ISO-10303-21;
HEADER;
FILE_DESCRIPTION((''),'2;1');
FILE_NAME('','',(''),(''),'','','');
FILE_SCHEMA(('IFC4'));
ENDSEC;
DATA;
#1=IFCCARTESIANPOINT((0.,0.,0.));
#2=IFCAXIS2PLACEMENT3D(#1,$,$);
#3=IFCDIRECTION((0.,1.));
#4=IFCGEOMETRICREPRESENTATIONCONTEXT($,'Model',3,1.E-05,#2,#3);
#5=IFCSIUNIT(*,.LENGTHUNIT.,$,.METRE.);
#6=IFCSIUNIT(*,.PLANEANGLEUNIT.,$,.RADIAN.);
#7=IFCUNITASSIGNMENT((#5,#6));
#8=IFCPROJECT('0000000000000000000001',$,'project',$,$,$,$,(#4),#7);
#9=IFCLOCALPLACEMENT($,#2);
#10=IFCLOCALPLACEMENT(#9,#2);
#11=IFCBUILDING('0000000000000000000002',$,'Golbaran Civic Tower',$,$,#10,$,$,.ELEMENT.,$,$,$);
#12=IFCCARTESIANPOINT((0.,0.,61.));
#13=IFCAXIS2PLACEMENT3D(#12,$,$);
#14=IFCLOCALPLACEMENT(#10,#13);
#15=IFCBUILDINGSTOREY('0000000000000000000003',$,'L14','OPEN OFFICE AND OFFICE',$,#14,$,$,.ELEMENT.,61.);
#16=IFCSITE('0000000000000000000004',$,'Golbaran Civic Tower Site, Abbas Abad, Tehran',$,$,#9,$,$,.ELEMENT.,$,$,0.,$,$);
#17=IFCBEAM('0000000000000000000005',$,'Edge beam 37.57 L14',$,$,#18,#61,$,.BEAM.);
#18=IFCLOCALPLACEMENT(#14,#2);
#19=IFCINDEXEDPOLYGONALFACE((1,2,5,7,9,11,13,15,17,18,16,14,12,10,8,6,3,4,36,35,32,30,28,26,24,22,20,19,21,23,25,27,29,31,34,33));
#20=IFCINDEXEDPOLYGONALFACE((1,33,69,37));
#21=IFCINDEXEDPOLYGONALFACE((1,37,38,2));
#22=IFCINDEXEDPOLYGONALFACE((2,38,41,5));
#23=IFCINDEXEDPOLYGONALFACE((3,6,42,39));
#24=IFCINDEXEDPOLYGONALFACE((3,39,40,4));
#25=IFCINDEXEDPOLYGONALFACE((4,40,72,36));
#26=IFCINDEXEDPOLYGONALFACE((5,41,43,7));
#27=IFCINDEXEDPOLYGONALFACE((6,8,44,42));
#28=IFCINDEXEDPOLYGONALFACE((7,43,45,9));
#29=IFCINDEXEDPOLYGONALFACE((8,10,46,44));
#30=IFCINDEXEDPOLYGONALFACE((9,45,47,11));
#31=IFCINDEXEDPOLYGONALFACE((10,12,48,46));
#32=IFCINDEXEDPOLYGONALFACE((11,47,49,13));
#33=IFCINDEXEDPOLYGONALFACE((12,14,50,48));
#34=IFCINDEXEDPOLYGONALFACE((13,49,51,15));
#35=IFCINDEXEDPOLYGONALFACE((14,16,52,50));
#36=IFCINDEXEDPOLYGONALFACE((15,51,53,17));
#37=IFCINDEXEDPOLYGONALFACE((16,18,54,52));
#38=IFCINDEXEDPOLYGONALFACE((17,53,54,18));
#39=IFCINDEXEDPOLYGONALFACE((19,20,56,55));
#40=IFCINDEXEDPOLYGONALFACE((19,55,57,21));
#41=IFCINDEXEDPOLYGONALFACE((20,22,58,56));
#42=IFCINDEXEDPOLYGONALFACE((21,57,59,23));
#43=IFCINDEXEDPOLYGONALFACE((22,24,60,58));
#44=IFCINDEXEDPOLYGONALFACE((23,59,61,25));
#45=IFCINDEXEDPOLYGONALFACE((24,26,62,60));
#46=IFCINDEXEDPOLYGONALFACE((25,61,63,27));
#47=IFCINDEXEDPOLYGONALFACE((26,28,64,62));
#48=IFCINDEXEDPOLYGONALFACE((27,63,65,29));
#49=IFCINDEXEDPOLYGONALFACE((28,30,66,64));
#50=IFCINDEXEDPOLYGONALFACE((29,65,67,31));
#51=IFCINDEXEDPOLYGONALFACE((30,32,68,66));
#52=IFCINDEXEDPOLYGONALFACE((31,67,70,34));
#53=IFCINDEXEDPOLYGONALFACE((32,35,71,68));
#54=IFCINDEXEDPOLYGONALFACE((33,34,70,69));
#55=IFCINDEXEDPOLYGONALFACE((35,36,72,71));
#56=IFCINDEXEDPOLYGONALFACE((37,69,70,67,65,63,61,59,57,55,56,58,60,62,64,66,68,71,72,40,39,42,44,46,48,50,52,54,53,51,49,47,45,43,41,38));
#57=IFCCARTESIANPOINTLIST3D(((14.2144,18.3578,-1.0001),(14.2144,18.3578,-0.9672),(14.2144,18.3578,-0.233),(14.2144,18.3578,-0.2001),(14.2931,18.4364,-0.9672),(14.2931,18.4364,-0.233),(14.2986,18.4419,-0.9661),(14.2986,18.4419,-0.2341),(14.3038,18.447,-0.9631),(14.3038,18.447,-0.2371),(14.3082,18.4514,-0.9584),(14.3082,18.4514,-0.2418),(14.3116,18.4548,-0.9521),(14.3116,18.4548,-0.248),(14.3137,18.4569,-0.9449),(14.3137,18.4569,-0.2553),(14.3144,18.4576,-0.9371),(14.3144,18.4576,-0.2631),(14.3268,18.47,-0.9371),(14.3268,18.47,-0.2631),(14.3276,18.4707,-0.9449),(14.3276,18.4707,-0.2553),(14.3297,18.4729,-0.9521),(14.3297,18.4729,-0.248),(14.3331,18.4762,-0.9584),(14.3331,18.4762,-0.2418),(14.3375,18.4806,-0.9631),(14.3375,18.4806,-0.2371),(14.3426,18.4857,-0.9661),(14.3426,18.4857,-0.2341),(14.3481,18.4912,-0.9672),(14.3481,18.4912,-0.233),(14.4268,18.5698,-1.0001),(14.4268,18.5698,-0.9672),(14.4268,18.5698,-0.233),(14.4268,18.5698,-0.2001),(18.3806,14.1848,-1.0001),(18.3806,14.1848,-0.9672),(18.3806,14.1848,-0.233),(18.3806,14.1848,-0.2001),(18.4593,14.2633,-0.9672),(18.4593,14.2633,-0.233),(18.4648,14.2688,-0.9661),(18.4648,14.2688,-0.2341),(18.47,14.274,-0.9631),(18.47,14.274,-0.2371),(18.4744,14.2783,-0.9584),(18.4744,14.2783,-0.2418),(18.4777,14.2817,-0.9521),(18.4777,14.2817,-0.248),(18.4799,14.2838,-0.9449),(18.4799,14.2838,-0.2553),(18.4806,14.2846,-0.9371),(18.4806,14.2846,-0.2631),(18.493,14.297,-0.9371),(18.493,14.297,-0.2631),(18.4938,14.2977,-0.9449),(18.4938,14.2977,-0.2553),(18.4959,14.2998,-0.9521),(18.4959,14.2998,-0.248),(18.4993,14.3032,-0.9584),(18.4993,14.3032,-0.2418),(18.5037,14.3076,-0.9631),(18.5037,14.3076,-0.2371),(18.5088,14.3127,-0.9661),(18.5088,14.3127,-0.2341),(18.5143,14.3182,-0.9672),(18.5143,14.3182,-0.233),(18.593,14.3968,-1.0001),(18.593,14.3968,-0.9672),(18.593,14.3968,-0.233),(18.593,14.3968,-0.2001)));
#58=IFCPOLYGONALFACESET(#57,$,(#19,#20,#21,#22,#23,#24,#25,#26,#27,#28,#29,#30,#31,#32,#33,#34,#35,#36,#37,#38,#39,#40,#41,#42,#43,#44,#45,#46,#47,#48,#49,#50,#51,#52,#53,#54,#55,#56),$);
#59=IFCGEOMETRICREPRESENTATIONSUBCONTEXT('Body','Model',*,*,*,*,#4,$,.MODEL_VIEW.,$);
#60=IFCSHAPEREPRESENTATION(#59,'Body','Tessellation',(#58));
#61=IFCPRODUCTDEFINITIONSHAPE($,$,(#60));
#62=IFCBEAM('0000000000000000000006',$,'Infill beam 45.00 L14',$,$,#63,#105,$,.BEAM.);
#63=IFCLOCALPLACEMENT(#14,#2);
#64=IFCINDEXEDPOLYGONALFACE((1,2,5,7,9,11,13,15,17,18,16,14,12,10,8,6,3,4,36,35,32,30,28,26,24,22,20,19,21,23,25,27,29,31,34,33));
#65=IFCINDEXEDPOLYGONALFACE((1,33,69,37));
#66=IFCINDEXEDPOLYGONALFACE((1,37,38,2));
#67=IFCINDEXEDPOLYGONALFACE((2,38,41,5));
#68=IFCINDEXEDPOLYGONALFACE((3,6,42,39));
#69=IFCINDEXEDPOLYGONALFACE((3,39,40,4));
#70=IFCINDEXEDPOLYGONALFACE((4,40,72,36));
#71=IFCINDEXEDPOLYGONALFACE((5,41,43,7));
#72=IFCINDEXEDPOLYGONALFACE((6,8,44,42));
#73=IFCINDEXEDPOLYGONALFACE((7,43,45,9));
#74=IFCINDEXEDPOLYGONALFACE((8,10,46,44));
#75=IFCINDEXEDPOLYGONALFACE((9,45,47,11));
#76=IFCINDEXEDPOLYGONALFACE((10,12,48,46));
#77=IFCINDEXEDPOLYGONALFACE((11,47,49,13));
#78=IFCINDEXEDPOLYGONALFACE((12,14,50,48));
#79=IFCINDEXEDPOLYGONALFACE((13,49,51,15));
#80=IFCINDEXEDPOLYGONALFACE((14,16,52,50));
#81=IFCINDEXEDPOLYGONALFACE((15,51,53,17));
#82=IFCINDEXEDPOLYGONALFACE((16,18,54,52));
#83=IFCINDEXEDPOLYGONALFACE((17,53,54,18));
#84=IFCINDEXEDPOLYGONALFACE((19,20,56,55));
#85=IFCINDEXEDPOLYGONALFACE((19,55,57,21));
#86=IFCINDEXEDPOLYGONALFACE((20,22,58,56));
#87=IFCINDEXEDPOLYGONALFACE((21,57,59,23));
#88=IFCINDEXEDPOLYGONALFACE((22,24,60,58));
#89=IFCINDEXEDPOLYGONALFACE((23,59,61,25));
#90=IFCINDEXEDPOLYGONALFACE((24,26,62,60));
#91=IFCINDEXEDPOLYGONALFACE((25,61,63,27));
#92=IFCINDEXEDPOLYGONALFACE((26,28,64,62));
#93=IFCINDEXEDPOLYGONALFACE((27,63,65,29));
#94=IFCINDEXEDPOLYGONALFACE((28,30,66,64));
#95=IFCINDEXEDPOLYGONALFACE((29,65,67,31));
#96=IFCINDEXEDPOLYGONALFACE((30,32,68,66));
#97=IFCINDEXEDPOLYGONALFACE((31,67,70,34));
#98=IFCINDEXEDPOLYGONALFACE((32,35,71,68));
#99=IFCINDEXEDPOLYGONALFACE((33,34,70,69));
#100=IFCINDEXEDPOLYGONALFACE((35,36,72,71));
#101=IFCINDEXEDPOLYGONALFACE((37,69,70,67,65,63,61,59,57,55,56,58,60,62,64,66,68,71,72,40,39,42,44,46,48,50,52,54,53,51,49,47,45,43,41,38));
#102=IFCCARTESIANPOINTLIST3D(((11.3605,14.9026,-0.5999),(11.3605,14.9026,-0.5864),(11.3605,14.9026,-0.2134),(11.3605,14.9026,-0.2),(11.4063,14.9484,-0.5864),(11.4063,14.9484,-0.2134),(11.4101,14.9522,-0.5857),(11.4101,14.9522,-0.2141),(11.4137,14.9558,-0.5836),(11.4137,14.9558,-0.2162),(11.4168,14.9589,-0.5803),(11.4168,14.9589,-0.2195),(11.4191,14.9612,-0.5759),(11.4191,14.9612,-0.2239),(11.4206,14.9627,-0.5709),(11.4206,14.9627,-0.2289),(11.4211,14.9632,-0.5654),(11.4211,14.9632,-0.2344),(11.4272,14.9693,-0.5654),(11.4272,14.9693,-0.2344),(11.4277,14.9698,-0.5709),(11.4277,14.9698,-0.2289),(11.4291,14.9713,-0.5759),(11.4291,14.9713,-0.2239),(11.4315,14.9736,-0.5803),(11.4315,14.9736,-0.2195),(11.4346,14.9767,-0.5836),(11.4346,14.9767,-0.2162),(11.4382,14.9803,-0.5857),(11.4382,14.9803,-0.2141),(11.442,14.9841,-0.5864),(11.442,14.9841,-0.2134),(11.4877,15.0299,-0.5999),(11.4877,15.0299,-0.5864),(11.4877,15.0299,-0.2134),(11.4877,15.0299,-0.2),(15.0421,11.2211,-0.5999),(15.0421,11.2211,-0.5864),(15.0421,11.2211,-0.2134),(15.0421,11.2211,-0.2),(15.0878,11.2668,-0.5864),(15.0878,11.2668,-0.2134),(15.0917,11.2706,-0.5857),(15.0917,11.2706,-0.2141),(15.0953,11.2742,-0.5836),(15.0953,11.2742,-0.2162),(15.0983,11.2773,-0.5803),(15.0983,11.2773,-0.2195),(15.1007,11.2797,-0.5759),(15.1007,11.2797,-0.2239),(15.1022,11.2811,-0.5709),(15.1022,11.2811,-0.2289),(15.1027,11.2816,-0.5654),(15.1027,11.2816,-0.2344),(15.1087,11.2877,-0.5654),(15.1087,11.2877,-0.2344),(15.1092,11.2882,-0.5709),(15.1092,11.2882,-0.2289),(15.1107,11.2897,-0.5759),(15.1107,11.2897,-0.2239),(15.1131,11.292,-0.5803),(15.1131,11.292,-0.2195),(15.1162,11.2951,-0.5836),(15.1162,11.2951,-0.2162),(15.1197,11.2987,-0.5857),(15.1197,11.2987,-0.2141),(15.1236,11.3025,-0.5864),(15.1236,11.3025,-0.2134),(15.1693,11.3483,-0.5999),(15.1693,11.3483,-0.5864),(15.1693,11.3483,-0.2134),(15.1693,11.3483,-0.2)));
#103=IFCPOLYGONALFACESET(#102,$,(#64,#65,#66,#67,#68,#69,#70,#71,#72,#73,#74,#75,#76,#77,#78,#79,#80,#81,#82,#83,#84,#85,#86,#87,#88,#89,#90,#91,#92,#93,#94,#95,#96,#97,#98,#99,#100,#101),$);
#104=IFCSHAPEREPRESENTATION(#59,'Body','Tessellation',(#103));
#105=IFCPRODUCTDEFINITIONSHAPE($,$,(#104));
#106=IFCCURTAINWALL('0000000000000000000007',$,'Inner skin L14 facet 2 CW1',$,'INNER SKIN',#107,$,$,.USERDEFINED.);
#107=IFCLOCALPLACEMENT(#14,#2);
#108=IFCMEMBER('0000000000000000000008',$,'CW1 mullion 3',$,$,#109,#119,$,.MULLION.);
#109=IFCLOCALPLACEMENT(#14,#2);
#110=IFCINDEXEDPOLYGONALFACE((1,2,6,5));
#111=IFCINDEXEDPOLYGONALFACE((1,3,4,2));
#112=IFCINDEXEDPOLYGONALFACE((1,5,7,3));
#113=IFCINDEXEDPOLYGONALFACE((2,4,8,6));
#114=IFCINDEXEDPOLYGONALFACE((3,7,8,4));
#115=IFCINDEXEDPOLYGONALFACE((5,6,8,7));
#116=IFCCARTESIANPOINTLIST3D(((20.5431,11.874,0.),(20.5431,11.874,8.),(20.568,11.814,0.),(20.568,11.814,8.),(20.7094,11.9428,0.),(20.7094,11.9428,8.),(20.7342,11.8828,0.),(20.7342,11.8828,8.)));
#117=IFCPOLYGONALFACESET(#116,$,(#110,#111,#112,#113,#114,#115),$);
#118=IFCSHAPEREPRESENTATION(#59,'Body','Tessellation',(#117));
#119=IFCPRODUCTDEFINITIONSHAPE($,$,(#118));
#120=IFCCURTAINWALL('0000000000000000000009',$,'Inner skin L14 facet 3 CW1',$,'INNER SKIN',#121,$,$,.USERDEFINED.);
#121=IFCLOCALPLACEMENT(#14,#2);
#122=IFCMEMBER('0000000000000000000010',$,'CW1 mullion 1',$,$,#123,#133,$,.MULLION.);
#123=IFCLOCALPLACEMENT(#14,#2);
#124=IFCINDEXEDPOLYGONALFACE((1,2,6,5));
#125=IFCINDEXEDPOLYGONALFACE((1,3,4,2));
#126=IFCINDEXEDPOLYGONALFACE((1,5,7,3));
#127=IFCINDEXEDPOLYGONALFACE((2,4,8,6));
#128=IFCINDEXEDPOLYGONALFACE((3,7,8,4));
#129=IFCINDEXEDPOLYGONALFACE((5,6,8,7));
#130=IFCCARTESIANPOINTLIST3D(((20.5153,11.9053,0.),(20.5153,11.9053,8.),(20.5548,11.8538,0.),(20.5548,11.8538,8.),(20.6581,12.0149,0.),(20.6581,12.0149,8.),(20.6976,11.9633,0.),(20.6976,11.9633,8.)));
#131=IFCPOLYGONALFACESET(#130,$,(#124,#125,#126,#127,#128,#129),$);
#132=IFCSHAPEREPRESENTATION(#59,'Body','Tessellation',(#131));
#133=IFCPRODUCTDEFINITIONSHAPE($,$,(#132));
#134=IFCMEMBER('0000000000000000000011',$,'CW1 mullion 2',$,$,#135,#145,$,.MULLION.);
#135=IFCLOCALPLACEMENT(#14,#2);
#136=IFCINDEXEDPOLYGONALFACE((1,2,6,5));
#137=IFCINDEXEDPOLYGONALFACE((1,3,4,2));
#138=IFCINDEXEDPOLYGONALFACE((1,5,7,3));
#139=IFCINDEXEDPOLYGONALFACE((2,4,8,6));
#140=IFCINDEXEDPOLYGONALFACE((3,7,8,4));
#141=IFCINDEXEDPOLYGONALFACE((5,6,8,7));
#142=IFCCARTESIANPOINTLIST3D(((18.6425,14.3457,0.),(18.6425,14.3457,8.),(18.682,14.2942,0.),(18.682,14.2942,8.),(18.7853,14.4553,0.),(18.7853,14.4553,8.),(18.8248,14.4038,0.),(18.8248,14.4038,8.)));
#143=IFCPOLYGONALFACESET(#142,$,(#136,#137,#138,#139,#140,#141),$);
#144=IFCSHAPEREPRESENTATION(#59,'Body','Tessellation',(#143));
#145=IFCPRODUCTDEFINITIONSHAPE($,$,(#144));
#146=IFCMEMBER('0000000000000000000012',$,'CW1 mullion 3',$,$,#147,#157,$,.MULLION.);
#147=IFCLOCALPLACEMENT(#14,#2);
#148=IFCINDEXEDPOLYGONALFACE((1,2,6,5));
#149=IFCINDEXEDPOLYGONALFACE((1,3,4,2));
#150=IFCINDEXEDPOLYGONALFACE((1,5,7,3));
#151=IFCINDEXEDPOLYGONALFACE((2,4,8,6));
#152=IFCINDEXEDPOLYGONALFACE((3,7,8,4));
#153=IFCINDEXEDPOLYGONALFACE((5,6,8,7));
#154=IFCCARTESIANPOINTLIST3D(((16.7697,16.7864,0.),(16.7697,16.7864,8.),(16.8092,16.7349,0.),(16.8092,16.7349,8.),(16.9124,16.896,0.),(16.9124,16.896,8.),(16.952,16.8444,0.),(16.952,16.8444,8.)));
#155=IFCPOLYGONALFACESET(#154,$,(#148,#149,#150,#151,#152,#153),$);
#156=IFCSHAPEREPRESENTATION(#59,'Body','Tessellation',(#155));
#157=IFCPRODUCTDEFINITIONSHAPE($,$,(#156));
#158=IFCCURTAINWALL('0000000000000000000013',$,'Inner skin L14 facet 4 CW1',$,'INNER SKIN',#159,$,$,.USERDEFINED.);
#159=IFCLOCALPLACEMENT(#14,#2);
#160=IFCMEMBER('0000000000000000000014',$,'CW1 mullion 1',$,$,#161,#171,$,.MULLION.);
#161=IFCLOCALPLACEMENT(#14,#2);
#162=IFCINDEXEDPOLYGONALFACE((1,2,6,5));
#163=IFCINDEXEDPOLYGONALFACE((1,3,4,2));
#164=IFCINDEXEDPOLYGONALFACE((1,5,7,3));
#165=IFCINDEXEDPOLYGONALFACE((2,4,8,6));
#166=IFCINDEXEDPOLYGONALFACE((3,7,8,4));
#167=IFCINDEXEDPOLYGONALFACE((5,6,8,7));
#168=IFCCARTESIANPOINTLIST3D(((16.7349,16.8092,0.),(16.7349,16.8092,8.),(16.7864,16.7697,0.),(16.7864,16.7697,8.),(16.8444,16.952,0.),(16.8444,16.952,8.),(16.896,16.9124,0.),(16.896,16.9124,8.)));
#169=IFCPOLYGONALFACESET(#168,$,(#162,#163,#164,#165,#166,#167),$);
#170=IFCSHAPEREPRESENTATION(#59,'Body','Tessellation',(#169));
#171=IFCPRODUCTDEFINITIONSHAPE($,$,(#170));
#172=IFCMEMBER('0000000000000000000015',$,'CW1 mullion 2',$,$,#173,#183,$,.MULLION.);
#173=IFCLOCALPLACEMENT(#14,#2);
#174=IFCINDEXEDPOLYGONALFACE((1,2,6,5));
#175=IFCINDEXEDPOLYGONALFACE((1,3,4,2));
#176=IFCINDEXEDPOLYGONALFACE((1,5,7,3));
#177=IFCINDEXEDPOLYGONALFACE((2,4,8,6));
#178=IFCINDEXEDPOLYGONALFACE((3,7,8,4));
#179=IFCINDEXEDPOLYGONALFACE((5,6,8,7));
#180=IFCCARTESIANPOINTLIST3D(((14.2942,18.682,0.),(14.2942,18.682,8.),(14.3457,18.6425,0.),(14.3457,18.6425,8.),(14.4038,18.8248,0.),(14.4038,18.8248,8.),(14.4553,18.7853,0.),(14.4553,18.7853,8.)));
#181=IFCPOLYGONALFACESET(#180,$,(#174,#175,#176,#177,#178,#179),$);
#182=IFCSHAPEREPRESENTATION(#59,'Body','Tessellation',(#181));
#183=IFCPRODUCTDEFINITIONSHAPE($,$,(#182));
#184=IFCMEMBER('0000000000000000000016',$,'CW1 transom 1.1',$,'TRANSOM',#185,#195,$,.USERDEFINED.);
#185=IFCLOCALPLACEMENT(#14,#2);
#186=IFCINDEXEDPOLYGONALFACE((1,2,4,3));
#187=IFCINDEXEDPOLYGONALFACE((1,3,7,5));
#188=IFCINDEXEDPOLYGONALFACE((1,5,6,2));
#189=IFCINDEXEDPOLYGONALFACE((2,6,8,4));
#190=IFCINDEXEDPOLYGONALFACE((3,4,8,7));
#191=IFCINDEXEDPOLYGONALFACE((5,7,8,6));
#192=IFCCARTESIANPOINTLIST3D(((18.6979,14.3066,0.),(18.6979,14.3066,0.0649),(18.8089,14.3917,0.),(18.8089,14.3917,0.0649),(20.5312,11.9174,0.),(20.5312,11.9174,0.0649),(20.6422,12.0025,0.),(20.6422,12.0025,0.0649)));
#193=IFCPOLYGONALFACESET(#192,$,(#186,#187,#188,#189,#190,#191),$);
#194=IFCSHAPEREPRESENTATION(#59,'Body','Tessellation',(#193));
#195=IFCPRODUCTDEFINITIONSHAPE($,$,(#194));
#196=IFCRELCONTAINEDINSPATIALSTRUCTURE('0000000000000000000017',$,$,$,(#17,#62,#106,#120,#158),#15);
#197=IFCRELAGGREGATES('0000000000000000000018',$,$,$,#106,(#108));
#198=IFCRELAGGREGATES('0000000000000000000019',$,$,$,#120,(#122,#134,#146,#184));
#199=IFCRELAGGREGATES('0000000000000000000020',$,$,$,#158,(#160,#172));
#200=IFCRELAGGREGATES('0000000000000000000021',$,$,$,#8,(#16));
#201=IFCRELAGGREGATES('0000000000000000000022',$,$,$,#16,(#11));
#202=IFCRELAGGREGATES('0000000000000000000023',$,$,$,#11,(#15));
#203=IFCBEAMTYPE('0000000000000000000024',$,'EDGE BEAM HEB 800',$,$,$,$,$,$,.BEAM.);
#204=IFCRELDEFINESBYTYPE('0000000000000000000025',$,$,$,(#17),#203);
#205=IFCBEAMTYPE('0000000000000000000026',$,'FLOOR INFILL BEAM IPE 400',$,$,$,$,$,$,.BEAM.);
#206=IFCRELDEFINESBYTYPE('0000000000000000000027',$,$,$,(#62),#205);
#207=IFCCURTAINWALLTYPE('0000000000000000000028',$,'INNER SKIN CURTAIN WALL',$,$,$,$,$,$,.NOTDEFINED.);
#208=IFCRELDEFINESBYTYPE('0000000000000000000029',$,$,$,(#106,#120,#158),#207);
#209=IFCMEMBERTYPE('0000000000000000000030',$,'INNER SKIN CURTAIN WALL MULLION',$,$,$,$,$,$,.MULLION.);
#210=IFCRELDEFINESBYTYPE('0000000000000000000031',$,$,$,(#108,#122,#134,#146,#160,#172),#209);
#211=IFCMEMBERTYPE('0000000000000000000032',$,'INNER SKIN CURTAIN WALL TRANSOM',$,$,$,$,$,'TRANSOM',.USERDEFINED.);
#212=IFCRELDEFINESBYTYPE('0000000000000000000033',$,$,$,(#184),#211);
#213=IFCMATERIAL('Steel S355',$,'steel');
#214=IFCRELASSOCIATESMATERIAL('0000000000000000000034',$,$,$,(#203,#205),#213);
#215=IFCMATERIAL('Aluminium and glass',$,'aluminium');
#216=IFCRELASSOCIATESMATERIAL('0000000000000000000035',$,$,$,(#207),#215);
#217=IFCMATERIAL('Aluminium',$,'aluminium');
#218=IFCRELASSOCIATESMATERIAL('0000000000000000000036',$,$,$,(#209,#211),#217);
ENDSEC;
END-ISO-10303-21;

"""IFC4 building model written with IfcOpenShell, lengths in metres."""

from ifc_helpers import new_model, si_unit, direction, frame, origin, origin_2d, place, context, subcontext, project, spatial, rectangle, i_section, extrude, material, material_profile, profile_set, type_object, element, aggregate, save


model = new_model("IFC4")

# Units and contexts
model_context = context("Model", 3, precision=1e-05, world=origin(), true_north=direction((0.0, 1.0)))
body_context = subcontext(model_context, "Body", "Model", "MODEL_VIEW")
ifc_project = project(units=[si_unit("LENGTHUNIT", "METRE"), si_unit("PLANEANGLEUNIT", "RADIAN")], contexts=[model_context])

# Site, building, storey
site_placement = place(None, origin())
site = spatial("IfcSite", under=ifc_project, at=site_placement, Name="Golbaran Civic Tower Site, Abbas Abad, Tehran", CompositionType="ELEMENT", RefElevation=0.0)
building_placement = place(site_placement, origin())
building = spatial("IfcBuilding", under=site, at=building_placement, Name="Golbaran Civic Tower", CompositionType="ELEMENT")
storey_placement = place(building_placement, frame((0.0, 0.0, 61.0)))
storey = spatial("IfcBuildingStorey", under=building, at=storey_placement, Name="L14", Description="OPEN OFFICE AND OFFICE", CompositionType="ELEMENT", Elevation=61.0)

# Beams
ifc_material_1 = material(Name="Steel S355", Category="steel")
ifc_material_profile_1 = material_profile(ifc_material_1, i_section(OverallWidth=0.3, OverallDepth=0.8, WebThickness=0.0176, FlangeThickness=0.033, FilletRadius=0.03, at=origin_2d()), Name="HEB 800")
ifc_profile_set_1 = profile_set([ifc_material_profile_1], Name="Steel S355")
beam_type_1 = type_object("IfcBeamType", Name="EDGE BEAM HEB 800", PredefinedType="BEAM", material=ifc_profile_set_1)
beam_1_placement = place(storey_placement, frame((18.4868, 14.2908, -0.6001), z_axis=(-0.706527, 0.707686, 0.0), x_axis=(-0.707686, -0.706527, 0.0)))
element("IfcBeam", 1, at=beam_1_placement, inside=storey, type_object=beam_type_1, Name="Edge beam 37.57 L14", PredefinedType="BEAM", context=body_context, shape_type="SweptSolid", body=[
    extrude(i_section(OverallWidth=0.3, OverallDepth=0.8, WebThickness=0.0176, FlangeThickness=0.033, FilletRadius=0.03, at=origin_2d()), origin(), (0.0, 0.0, 1.0), 5.8967),
])
ifc_material_profile_2 = material_profile(ifc_material_1, i_section(OverallWidth=0.1799, OverallDepth=0.3999, WebThickness=0.0085, FlangeThickness=0.0134, FilletRadius=0.021, at=origin_2d()), Name="IPE 400")
ifc_profile_set_2 = profile_set([ifc_material_profile_2], Name="Steel S355")
beam_type_2 = type_object("IfcBeamType", Name="FLOOR INFILL BEAM IPE 400", PredefinedType="BEAM", material=ifc_profile_set_2)
beam_2_placement = place(storey_placement, frame((15.1057, 11.2847, -0.3999), z_axis=(-0.707107, 0.707107, 0.0), x_axis=(-0.707107, -0.707107, 0.0)))
element("IfcBeam", 2, at=beam_2_placement, inside=storey, type_object=beam_type_2, Name="Infill beam 45.00 L14", PredefinedType="BEAM", context=body_context, shape_type="SweptSolid", body=[
    extrude(i_section(OverallWidth=0.1799, OverallDepth=0.3999, WebThickness=0.0085, FlangeThickness=0.0134, FilletRadius=0.021, at=origin_2d()), origin(), (0.0, 0.0, 1.0), 5.2065),
])

# Curtain wall, member
ifc_material_2 = material(Name="Aluminium and glass", Category="aluminium")
curtain_wall_type = type_object("IfcCurtainWallType", Name="INNER SKIN CURTAIN WALL", PredefinedType="NOTDEFINED", material=ifc_material_2)
curtain_wall_1_placement = place(storey_placement, origin())
curtain_wall_1 = element("IfcCurtainWall", 3, at=curtain_wall_1_placement, inside=storey, type_object=curtain_wall_type, Name="Inner skin L14 facet 2 CW1", ObjectType="INNER SKIN", PredefinedType="USERDEFINED")
ifc_material_3 = material(Name="Aluminium", Category="aluminium")
ifc_material_profile_3 = material_profile(ifc_material_3, rectangle(XDim=0.1799, YDim=0.0649, at=origin_2d()), Name="INNER SKIN CURTAIN WALL MULLION")
ifc_profile_set_3 = profile_set([ifc_material_profile_3], Name="Aluminium")
member_type_1 = type_object("IfcMemberType", Name="INNER SKIN CURTAIN WALL MULLION", PredefinedType="MULLION", material=ifc_profile_set_3)
member_1_placement = place(storey_placement, frame((20.6387, 11.8784, 0.0), z_axis=(0.0, 0.0, 1.0), x_axis=(-0.92388, -0.382683, 0.0)))
member_1 = element("IfcMember", 4, at=member_1_placement, type_object=member_type_1, Name="CW1 mullion 3", PredefinedType="MULLION", context=body_context, shape_type="SweptSolid", body=[
    extrude(rectangle(XDim=0.1799, YDim=0.0649, at=origin_2d()), origin(), (0.0, 0.0, 1.0), 8.0),
])

# Curtain walls, members
curtain_wall_2_placement = place(storey_placement, origin())
curtain_wall_2 = element("IfcCurtainWall", 5, at=curtain_wall_2_placement, inside=storey, type_object=curtain_wall_type, Name="Inner skin L14 facet 3 CW1", ObjectType="INNER SKIN", PredefinedType="USERDEFINED")
member_2_placement = place(storey_placement, frame((20.6064, 11.9343, 0.0), z_axis=(0.0, 0.0, 1.0), x_axis=(-0.793353, -0.608761, 0.0)))
member_2 = element("IfcMember", 6, at=member_2_placement, type_object=member_type_1, Name="CW1 mullion 1", PredefinedType="MULLION", context=body_context, shape_type="SweptSolid", body=[
    extrude(rectangle(XDim=0.1799, YDim=0.0649, at=origin_2d()), origin(), (0.0, 0.0, 1.0), 8.0),
])
member_3_placement = place(storey_placement, frame((18.7336, 14.3748, 0.0), z_axis=(0.0, 0.0, 1.0), x_axis=(-0.793353, -0.608761, 0.0)))
member_3 = element("IfcMember", 7, at=member_3_placement, type_object=member_type_1, Name="CW1 mullion 2", PredefinedType="MULLION", context=body_context, shape_type="SweptSolid", body=[
    extrude(rectangle(XDim=0.1799, YDim=0.0649, at=origin_2d()), origin(), (0.0, 0.0, 1.0), 8.0),
])
member_4_placement = place(storey_placement, frame((16.8608, 16.8154, 0.0), z_axis=(0.0, 0.0, 1.0), x_axis=(-0.793353, -0.608761, 0.0)))
member_4 = element("IfcMember", 8, at=member_4_placement, type_object=member_type_1, Name="CW1 mullion 3", PredefinedType="MULLION", context=body_context, shape_type="SweptSolid", body=[
    extrude(rectangle(XDim=0.1799, YDim=0.0649, at=origin_2d()), origin(), (0.0, 0.0, 1.0), 8.0),
])
curtain_wall_3_placement = place(storey_placement, origin())
curtain_wall_3 = element("IfcCurtainWall", 9, at=curtain_wall_3_placement, inside=storey, type_object=curtain_wall_type, Name="Inner skin L14 facet 4 CW1", ObjectType="INNER SKIN", PredefinedType="USERDEFINED")
member_5_placement = place(storey_placement, frame((16.8154, 16.8608, 0.0), z_axis=(0.0, 0.0, 1.0), x_axis=(-0.608761, -0.793353, 0.0)))
member_5 = element("IfcMember", 10, at=member_5_placement, type_object=member_type_1, Name="CW1 mullion 1", PredefinedType="MULLION", context=body_context, shape_type="SweptSolid", body=[
    extrude(rectangle(XDim=0.1799, YDim=0.0649, at=origin_2d()), origin(), (0.0, 0.0, 1.0), 8.0),
])
member_6_placement = place(storey_placement, frame((14.3748, 18.7336, 0.0), z_axis=(0.0, 0.0, 1.0), x_axis=(-0.608761, -0.793353, 0.0)))
member_6 = element("IfcMember", 11, at=member_6_placement, type_object=member_type_1, Name="CW1 mullion 2", PredefinedType="MULLION", context=body_context, shape_type="SweptSolid", body=[
    extrude(rectangle(XDim=0.1799, YDim=0.0649, at=origin_2d()), origin(), (0.0, 0.0, 1.0), 8.0),
])

# Member
ifc_material_profile_4 = material_profile(ifc_material_3, rectangle(XDim=0.1399, YDim=0.0649, at=origin_2d()), Name="INNER SKIN CURTAIN WALL TRANSOM")
ifc_profile_set_4 = profile_set([ifc_material_profile_4], Name="Aluminium")
member_type_2 = type_object("IfcMemberType", Name="INNER SKIN CURTAIN WALL TRANSOM", ElementType="TRANSOM", PredefinedType="USERDEFINED", material=ifc_profile_set_4)
member_7_placement = place(storey_placement, frame((20.5867, 11.96, 0.0325), z_axis=(-0.608758, 0.793356, 0.0), x_axis=(-0.793356, -0.608758, 0.0)))
member_7 = element("IfcMember", 12, at=member_7_placement, type_object=member_type_2, Name="CW1 transom 1.1", ObjectType="TRANSOM", PredefinedType="USERDEFINED", context=body_context, shape_type="SweptSolid", body=[
    extrude(rectangle(XDim=0.1399, YDim=0.0649, at=origin_2d()), origin(), (0.0, 0.0, 1.0), 3.0115),
])

aggregate(curtain_wall_1, [member_1])
aggregate(curtain_wall_2, [member_2, member_3, member_4, member_7])
aggregate(curtain_wall_3, [member_5, member_6])

save(model, "model.ifc")
